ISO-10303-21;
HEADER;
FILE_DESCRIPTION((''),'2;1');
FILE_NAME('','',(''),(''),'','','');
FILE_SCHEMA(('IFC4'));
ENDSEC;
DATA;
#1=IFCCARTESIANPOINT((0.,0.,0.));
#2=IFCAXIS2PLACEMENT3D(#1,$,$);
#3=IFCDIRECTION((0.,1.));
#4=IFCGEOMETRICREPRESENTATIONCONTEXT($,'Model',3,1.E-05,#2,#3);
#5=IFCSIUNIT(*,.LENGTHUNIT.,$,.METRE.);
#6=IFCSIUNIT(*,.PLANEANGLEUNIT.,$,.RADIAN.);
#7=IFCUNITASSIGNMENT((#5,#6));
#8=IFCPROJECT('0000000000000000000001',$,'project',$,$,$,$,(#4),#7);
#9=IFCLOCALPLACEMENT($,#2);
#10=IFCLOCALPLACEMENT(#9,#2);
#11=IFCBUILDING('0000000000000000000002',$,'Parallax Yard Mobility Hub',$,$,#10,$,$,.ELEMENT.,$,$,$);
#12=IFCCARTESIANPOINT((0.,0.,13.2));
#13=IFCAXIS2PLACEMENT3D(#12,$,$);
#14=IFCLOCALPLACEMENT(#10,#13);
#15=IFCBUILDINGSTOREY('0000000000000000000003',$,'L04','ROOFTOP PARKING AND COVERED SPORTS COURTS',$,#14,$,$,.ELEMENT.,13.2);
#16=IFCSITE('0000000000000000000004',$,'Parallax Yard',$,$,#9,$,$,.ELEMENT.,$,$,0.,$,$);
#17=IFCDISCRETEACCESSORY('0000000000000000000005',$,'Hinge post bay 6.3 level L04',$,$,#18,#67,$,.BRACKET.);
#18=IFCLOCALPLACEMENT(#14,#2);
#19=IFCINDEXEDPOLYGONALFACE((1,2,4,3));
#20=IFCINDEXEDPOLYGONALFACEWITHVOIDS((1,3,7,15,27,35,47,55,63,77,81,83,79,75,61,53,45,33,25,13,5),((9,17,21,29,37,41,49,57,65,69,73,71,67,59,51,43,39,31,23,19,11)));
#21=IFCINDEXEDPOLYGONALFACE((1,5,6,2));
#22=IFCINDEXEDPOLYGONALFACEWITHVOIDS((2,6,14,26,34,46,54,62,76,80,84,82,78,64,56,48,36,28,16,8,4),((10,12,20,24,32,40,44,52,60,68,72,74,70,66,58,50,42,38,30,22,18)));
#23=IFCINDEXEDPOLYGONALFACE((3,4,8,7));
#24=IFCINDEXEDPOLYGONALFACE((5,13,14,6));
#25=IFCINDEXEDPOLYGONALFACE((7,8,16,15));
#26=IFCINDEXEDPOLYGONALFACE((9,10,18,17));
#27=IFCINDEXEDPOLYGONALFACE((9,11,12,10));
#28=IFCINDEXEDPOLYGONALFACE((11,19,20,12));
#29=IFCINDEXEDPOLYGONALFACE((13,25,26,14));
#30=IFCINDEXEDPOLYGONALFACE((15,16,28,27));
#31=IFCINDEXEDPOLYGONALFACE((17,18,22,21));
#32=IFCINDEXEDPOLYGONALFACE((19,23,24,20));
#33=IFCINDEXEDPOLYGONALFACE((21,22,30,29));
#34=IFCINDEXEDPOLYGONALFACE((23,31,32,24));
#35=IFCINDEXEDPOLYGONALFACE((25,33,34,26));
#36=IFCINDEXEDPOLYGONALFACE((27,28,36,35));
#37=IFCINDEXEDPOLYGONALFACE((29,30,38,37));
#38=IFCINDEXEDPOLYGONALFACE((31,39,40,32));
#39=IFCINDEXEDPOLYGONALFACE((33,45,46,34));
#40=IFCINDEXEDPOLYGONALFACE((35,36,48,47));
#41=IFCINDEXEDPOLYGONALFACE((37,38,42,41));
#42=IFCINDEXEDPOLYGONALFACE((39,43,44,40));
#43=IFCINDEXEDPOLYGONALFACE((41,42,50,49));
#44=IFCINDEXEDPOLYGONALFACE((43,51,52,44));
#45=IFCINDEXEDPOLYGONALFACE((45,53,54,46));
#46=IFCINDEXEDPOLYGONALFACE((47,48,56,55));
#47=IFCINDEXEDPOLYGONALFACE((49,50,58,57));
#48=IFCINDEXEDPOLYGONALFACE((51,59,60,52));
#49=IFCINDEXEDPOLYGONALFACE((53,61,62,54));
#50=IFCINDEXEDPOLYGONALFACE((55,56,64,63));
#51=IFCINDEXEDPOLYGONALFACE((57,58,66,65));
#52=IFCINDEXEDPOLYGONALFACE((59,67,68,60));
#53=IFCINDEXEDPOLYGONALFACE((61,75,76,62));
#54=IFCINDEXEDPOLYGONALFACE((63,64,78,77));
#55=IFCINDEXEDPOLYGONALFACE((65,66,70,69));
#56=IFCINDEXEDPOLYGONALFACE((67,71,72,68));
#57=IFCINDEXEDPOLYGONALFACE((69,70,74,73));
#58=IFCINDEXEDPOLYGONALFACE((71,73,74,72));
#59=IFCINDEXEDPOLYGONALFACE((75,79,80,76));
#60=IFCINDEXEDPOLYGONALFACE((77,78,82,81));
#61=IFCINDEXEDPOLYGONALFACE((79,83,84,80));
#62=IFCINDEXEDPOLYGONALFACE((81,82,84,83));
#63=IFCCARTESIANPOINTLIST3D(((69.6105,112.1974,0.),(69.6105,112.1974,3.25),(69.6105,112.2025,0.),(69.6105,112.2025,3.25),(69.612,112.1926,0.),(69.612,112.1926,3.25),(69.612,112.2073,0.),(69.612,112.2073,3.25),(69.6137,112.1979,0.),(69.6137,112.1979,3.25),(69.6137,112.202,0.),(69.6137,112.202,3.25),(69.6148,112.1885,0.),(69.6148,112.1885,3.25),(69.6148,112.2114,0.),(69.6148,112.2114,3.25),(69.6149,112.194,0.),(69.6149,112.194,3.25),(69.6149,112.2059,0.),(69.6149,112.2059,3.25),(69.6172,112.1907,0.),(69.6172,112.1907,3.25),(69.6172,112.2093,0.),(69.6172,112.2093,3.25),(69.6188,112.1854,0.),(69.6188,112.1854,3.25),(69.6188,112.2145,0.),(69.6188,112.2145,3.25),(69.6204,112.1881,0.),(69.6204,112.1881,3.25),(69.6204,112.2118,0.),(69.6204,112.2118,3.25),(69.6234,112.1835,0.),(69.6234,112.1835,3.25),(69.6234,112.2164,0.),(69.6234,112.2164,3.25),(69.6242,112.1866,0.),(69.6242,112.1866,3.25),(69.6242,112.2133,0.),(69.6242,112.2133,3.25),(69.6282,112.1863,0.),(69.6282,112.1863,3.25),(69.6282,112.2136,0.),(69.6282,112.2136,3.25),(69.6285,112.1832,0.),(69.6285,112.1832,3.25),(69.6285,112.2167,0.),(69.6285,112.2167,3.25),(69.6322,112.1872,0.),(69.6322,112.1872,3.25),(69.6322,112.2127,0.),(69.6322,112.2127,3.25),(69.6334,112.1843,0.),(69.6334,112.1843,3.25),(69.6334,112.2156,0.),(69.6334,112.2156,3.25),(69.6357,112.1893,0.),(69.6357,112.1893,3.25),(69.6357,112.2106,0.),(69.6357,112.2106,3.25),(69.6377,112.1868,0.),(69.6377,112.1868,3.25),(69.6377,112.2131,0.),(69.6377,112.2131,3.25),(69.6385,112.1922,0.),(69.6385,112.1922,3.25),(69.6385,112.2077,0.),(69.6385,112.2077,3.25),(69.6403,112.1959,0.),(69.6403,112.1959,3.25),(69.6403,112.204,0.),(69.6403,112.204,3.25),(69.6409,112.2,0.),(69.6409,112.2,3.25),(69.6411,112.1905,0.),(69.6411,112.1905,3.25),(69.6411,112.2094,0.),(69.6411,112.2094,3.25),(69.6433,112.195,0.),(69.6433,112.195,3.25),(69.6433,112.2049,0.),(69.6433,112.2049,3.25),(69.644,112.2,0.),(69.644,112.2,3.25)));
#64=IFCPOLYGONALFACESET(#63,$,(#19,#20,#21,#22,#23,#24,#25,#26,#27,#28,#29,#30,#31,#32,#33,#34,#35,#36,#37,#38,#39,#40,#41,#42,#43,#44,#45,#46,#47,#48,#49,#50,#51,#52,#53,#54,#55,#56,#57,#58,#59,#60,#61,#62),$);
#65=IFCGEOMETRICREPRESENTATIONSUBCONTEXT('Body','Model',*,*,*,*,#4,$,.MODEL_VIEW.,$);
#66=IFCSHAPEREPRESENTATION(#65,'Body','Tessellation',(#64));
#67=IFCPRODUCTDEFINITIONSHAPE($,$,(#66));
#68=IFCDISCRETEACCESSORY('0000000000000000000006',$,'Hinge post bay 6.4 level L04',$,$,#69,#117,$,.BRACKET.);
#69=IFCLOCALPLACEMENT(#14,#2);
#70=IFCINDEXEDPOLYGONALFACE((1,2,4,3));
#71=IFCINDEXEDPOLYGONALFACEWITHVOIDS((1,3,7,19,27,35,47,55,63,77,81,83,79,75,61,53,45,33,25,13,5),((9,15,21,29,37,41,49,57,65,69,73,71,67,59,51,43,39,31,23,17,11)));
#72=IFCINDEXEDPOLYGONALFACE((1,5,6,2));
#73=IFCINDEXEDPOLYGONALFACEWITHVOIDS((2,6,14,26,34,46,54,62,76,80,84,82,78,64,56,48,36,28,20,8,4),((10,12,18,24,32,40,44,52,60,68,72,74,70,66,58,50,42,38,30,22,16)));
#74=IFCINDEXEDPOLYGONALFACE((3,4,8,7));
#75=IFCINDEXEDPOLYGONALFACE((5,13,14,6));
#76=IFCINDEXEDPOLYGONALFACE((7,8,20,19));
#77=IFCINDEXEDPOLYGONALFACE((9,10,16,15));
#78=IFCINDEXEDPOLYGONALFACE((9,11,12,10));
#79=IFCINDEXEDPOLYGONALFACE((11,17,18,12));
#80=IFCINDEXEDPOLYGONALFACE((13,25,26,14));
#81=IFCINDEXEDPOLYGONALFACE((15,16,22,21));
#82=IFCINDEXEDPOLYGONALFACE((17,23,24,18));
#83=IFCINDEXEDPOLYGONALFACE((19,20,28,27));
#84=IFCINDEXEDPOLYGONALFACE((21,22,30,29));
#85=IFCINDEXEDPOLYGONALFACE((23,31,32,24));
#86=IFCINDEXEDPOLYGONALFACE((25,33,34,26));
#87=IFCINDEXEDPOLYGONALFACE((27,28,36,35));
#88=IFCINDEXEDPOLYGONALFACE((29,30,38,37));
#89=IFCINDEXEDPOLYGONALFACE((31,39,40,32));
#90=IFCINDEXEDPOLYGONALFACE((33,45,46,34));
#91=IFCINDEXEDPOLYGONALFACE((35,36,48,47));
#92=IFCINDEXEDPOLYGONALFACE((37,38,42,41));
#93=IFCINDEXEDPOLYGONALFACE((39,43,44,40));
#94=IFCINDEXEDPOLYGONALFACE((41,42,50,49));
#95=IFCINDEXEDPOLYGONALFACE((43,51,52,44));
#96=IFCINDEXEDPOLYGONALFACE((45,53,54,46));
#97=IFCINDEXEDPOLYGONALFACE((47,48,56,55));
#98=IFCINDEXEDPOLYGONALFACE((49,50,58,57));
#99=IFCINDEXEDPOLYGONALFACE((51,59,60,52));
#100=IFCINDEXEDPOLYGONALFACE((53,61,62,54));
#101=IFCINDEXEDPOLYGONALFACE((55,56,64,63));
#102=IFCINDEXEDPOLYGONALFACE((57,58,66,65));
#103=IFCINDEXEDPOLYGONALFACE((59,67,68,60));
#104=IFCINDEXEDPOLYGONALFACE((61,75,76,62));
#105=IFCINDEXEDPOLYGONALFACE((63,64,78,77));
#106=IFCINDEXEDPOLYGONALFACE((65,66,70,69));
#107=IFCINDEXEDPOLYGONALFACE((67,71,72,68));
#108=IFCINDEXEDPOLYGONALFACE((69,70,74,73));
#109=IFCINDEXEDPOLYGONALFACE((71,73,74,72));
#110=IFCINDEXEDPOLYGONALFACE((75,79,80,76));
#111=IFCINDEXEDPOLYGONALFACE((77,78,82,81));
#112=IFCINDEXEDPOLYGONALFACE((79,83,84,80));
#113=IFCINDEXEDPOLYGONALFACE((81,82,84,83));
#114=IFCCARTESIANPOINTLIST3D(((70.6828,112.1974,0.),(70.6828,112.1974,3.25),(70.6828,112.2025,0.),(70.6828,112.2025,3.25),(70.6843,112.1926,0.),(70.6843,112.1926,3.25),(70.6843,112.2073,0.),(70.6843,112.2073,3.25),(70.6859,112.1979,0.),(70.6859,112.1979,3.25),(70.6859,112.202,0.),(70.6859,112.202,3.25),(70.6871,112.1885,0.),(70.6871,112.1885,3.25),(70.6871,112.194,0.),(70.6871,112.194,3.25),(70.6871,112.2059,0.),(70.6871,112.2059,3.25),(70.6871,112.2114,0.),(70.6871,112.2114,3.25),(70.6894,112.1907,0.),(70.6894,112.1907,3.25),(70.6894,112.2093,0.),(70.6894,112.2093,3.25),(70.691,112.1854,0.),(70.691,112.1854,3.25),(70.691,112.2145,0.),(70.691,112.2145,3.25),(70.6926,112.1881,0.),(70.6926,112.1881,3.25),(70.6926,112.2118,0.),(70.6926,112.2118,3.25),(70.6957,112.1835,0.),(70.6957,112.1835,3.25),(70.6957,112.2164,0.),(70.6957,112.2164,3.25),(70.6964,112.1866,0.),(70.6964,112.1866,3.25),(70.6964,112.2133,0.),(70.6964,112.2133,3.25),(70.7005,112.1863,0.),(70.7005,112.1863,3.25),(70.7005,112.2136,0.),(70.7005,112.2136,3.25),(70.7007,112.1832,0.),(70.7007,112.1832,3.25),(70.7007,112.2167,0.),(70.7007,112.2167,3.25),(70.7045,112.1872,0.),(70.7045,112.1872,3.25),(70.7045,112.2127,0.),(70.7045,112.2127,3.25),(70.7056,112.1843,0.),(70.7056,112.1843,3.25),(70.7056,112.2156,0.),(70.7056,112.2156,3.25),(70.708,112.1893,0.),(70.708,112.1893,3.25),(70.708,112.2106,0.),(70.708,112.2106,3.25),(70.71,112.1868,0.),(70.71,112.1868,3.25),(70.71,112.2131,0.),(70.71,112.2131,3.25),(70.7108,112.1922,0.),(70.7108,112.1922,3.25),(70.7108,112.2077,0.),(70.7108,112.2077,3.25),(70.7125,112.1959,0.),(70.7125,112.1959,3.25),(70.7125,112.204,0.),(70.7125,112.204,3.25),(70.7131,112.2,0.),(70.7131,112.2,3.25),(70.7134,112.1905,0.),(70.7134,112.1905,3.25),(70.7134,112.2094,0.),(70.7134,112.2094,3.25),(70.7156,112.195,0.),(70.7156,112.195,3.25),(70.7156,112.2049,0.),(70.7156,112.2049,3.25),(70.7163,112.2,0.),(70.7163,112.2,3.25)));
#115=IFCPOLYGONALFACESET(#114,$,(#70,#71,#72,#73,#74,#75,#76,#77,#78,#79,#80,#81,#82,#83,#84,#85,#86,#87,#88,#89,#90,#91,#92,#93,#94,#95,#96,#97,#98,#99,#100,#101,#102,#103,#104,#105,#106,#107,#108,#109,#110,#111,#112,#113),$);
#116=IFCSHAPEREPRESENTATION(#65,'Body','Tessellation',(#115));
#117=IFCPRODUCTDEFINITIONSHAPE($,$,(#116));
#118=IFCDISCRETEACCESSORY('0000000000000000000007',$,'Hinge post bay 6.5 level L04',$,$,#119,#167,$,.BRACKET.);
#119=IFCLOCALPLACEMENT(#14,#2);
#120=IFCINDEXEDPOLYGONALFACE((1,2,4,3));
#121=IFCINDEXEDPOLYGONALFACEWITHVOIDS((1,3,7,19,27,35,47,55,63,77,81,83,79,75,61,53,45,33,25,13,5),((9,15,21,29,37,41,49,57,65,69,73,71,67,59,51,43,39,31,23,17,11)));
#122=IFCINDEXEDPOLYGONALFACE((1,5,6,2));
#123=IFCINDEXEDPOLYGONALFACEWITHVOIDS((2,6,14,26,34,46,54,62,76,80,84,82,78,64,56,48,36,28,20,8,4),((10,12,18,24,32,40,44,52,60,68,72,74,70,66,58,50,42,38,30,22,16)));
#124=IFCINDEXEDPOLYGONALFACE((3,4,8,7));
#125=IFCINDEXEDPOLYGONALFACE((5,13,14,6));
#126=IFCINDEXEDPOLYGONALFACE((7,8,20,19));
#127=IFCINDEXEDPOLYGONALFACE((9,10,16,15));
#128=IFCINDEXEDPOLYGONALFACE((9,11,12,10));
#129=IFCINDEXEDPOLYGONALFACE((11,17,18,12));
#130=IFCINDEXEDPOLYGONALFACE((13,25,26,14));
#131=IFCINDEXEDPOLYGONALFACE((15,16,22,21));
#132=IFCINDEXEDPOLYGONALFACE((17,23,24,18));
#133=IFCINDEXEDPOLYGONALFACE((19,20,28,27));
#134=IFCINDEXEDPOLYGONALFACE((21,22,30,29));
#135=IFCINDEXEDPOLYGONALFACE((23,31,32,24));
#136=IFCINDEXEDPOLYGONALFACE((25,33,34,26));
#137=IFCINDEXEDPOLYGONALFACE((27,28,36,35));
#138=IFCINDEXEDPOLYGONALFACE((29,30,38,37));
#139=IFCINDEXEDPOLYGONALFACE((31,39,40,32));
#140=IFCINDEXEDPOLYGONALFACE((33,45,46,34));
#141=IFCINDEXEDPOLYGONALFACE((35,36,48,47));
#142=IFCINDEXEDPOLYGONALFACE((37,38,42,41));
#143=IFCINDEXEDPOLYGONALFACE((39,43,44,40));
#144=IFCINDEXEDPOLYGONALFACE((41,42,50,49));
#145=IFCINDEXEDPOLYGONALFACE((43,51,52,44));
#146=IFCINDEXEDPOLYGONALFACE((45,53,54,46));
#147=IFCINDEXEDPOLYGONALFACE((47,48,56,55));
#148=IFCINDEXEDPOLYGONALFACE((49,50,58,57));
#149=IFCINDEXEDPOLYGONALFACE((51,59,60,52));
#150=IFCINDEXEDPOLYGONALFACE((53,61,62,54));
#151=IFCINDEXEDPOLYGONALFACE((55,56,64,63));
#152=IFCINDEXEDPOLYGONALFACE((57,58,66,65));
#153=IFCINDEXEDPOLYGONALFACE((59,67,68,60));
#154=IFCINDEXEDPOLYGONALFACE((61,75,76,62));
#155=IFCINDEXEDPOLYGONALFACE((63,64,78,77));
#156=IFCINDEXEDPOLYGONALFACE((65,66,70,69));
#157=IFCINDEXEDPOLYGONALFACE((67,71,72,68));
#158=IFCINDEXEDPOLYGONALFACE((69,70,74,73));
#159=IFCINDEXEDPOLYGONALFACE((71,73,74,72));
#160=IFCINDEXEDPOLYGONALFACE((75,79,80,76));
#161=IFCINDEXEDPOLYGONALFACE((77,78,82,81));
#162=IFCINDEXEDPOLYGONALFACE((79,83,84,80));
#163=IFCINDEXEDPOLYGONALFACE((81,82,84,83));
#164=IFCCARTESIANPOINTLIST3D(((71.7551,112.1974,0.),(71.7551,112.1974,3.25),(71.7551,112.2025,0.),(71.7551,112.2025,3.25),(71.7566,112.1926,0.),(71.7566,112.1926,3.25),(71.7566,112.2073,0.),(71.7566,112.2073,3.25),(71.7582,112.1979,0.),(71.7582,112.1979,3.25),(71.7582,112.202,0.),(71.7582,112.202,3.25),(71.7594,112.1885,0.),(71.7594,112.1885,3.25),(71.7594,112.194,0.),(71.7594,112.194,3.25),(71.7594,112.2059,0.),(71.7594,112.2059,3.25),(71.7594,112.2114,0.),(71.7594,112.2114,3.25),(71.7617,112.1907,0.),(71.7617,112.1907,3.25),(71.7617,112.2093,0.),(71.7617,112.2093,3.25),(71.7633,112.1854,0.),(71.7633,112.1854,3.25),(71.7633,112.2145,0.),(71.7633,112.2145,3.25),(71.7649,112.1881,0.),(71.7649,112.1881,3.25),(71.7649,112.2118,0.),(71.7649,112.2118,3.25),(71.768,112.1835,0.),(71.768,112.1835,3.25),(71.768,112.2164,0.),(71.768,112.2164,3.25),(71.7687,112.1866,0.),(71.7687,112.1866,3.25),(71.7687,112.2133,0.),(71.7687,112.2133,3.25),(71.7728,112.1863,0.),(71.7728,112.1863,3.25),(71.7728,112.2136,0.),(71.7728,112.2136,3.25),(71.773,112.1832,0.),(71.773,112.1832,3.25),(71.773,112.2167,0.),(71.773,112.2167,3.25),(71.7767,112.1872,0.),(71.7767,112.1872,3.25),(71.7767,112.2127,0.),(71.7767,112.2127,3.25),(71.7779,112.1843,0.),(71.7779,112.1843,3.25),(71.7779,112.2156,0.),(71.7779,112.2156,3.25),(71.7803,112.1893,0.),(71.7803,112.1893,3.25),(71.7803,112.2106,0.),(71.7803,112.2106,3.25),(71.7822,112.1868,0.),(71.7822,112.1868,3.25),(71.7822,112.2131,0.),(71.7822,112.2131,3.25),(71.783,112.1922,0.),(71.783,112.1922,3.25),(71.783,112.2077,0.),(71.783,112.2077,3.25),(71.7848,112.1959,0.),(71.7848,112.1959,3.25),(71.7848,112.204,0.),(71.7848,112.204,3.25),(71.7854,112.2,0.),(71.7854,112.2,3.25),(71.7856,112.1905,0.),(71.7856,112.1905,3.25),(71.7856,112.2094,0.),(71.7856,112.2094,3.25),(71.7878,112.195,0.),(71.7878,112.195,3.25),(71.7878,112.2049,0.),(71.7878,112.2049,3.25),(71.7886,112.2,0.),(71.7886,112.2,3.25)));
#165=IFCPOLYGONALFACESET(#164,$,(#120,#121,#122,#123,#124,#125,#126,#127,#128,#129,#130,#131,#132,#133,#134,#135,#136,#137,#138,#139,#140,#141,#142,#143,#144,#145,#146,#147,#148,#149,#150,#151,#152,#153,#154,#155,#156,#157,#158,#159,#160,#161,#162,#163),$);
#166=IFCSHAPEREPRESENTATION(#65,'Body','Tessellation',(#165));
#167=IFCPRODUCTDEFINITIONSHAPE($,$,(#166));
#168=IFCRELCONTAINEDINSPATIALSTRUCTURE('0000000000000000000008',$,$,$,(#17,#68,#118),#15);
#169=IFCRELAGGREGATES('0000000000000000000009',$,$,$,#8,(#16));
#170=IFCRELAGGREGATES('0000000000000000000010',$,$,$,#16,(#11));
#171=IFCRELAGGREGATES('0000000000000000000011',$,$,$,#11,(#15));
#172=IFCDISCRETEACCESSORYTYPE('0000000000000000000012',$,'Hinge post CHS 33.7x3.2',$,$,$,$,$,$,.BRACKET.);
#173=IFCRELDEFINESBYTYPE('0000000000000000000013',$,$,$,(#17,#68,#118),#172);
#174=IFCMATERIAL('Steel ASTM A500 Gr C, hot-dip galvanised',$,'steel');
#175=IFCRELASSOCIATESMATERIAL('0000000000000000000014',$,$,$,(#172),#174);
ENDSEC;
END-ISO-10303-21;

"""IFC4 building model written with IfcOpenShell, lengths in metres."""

from ifc_helpers import new_model, si_unit, direction, frame, origin, origin_2d, place, context, subcontext, project, spatial, hollow_circle, extrude, material, material_profile, profile_set, type_object, element, save


model = new_model("IFC4")

# Units and contexts
model_context = context("Model", 3, precision=1e-05, world=origin(), true_north=direction((0.0, 1.0)))
body_context = subcontext(model_context, "Body", "Model", "MODEL_VIEW")
ifc_project = project(units=[si_unit("LENGTHUNIT", "METRE"), si_unit("PLANEANGLEUNIT", "RADIAN")], contexts=[model_context])

# Site, building, storey
site_placement = place(None, origin())
site = spatial("IfcSite", under=ifc_project, at=site_placement, Name="Parallax Yard", CompositionType="ELEMENT", RefElevation=0.0)
building_placement = place(site_placement, origin())
building = spatial("IfcBuilding", under=site, at=building_placement, Name="Parallax Yard Mobility Hub", CompositionType="ELEMENT")
storey_placement = place(building_placement, frame((0.0, 0.0, 13.2)))
storey = spatial("IfcBuildingStorey", under=building, at=storey_placement, Name="L04", Description="ROOFTOP PARKING AND COVERED SPORTS COURTS", CompositionType="ELEMENT", Elevation=13.2)

# Discrete accessories
ifc_material_1 = material(Name="Steel ASTM A500 Gr C, hot-dip galvanised", Category="steel")
ifc_material_profile = material_profile(ifc_material_1, hollow_circle(Radius=0.0168, WallThickness=0.0032, at=origin_2d()), Name="CHS 33.7x3.2")
ifc_profile_set = profile_set([ifc_material_profile], Name="Steel ASTM A500 Gr C, hot-dip galvanised")
discrete_accessory_type_1 = type_object("IfcDiscreteAccessoryType", Name="Hinge post CHS 33.7x3.2", PredefinedType="BRACKET", material=ifc_profile_set)
for number, where, z_axis, x_axis, name in (
    (1, (69.6272, 112.2, 0.0), (0.0, 0.0, 1.0), (1.0, 0.0, 0.0), "Hinge post bay 6.3 level L04"),
    (2, (70.6995, 112.2, 0.0), (0.0, 0.0, 1.0), (1.0, 0.0, 0.0), "Hinge post bay 6.4 level L04"),
    (3, (71.7717, 112.2, 0.0), (0.0, 0.0, 1.0), (1.0, 0.0, 0.0), "Hinge post bay 6.5 level L04"),
):
    element("IfcDiscreteAccessory", number, at=place(storey_placement, frame(where, z_axis=z_axis, x_axis=x_axis)), inside=storey, type_object=discrete_accessory_type_1, Name=name, PredefinedType="BRACKET", context=body_context, shape_type="SweptSolid", body=[
        extrude(hollow_circle(Radius=0.0168, WallThickness=0.0032, at=origin_2d()), origin(), (0.0, 0.0, 1.0), 3.25),
    ])

save(model, "model.ifc")
